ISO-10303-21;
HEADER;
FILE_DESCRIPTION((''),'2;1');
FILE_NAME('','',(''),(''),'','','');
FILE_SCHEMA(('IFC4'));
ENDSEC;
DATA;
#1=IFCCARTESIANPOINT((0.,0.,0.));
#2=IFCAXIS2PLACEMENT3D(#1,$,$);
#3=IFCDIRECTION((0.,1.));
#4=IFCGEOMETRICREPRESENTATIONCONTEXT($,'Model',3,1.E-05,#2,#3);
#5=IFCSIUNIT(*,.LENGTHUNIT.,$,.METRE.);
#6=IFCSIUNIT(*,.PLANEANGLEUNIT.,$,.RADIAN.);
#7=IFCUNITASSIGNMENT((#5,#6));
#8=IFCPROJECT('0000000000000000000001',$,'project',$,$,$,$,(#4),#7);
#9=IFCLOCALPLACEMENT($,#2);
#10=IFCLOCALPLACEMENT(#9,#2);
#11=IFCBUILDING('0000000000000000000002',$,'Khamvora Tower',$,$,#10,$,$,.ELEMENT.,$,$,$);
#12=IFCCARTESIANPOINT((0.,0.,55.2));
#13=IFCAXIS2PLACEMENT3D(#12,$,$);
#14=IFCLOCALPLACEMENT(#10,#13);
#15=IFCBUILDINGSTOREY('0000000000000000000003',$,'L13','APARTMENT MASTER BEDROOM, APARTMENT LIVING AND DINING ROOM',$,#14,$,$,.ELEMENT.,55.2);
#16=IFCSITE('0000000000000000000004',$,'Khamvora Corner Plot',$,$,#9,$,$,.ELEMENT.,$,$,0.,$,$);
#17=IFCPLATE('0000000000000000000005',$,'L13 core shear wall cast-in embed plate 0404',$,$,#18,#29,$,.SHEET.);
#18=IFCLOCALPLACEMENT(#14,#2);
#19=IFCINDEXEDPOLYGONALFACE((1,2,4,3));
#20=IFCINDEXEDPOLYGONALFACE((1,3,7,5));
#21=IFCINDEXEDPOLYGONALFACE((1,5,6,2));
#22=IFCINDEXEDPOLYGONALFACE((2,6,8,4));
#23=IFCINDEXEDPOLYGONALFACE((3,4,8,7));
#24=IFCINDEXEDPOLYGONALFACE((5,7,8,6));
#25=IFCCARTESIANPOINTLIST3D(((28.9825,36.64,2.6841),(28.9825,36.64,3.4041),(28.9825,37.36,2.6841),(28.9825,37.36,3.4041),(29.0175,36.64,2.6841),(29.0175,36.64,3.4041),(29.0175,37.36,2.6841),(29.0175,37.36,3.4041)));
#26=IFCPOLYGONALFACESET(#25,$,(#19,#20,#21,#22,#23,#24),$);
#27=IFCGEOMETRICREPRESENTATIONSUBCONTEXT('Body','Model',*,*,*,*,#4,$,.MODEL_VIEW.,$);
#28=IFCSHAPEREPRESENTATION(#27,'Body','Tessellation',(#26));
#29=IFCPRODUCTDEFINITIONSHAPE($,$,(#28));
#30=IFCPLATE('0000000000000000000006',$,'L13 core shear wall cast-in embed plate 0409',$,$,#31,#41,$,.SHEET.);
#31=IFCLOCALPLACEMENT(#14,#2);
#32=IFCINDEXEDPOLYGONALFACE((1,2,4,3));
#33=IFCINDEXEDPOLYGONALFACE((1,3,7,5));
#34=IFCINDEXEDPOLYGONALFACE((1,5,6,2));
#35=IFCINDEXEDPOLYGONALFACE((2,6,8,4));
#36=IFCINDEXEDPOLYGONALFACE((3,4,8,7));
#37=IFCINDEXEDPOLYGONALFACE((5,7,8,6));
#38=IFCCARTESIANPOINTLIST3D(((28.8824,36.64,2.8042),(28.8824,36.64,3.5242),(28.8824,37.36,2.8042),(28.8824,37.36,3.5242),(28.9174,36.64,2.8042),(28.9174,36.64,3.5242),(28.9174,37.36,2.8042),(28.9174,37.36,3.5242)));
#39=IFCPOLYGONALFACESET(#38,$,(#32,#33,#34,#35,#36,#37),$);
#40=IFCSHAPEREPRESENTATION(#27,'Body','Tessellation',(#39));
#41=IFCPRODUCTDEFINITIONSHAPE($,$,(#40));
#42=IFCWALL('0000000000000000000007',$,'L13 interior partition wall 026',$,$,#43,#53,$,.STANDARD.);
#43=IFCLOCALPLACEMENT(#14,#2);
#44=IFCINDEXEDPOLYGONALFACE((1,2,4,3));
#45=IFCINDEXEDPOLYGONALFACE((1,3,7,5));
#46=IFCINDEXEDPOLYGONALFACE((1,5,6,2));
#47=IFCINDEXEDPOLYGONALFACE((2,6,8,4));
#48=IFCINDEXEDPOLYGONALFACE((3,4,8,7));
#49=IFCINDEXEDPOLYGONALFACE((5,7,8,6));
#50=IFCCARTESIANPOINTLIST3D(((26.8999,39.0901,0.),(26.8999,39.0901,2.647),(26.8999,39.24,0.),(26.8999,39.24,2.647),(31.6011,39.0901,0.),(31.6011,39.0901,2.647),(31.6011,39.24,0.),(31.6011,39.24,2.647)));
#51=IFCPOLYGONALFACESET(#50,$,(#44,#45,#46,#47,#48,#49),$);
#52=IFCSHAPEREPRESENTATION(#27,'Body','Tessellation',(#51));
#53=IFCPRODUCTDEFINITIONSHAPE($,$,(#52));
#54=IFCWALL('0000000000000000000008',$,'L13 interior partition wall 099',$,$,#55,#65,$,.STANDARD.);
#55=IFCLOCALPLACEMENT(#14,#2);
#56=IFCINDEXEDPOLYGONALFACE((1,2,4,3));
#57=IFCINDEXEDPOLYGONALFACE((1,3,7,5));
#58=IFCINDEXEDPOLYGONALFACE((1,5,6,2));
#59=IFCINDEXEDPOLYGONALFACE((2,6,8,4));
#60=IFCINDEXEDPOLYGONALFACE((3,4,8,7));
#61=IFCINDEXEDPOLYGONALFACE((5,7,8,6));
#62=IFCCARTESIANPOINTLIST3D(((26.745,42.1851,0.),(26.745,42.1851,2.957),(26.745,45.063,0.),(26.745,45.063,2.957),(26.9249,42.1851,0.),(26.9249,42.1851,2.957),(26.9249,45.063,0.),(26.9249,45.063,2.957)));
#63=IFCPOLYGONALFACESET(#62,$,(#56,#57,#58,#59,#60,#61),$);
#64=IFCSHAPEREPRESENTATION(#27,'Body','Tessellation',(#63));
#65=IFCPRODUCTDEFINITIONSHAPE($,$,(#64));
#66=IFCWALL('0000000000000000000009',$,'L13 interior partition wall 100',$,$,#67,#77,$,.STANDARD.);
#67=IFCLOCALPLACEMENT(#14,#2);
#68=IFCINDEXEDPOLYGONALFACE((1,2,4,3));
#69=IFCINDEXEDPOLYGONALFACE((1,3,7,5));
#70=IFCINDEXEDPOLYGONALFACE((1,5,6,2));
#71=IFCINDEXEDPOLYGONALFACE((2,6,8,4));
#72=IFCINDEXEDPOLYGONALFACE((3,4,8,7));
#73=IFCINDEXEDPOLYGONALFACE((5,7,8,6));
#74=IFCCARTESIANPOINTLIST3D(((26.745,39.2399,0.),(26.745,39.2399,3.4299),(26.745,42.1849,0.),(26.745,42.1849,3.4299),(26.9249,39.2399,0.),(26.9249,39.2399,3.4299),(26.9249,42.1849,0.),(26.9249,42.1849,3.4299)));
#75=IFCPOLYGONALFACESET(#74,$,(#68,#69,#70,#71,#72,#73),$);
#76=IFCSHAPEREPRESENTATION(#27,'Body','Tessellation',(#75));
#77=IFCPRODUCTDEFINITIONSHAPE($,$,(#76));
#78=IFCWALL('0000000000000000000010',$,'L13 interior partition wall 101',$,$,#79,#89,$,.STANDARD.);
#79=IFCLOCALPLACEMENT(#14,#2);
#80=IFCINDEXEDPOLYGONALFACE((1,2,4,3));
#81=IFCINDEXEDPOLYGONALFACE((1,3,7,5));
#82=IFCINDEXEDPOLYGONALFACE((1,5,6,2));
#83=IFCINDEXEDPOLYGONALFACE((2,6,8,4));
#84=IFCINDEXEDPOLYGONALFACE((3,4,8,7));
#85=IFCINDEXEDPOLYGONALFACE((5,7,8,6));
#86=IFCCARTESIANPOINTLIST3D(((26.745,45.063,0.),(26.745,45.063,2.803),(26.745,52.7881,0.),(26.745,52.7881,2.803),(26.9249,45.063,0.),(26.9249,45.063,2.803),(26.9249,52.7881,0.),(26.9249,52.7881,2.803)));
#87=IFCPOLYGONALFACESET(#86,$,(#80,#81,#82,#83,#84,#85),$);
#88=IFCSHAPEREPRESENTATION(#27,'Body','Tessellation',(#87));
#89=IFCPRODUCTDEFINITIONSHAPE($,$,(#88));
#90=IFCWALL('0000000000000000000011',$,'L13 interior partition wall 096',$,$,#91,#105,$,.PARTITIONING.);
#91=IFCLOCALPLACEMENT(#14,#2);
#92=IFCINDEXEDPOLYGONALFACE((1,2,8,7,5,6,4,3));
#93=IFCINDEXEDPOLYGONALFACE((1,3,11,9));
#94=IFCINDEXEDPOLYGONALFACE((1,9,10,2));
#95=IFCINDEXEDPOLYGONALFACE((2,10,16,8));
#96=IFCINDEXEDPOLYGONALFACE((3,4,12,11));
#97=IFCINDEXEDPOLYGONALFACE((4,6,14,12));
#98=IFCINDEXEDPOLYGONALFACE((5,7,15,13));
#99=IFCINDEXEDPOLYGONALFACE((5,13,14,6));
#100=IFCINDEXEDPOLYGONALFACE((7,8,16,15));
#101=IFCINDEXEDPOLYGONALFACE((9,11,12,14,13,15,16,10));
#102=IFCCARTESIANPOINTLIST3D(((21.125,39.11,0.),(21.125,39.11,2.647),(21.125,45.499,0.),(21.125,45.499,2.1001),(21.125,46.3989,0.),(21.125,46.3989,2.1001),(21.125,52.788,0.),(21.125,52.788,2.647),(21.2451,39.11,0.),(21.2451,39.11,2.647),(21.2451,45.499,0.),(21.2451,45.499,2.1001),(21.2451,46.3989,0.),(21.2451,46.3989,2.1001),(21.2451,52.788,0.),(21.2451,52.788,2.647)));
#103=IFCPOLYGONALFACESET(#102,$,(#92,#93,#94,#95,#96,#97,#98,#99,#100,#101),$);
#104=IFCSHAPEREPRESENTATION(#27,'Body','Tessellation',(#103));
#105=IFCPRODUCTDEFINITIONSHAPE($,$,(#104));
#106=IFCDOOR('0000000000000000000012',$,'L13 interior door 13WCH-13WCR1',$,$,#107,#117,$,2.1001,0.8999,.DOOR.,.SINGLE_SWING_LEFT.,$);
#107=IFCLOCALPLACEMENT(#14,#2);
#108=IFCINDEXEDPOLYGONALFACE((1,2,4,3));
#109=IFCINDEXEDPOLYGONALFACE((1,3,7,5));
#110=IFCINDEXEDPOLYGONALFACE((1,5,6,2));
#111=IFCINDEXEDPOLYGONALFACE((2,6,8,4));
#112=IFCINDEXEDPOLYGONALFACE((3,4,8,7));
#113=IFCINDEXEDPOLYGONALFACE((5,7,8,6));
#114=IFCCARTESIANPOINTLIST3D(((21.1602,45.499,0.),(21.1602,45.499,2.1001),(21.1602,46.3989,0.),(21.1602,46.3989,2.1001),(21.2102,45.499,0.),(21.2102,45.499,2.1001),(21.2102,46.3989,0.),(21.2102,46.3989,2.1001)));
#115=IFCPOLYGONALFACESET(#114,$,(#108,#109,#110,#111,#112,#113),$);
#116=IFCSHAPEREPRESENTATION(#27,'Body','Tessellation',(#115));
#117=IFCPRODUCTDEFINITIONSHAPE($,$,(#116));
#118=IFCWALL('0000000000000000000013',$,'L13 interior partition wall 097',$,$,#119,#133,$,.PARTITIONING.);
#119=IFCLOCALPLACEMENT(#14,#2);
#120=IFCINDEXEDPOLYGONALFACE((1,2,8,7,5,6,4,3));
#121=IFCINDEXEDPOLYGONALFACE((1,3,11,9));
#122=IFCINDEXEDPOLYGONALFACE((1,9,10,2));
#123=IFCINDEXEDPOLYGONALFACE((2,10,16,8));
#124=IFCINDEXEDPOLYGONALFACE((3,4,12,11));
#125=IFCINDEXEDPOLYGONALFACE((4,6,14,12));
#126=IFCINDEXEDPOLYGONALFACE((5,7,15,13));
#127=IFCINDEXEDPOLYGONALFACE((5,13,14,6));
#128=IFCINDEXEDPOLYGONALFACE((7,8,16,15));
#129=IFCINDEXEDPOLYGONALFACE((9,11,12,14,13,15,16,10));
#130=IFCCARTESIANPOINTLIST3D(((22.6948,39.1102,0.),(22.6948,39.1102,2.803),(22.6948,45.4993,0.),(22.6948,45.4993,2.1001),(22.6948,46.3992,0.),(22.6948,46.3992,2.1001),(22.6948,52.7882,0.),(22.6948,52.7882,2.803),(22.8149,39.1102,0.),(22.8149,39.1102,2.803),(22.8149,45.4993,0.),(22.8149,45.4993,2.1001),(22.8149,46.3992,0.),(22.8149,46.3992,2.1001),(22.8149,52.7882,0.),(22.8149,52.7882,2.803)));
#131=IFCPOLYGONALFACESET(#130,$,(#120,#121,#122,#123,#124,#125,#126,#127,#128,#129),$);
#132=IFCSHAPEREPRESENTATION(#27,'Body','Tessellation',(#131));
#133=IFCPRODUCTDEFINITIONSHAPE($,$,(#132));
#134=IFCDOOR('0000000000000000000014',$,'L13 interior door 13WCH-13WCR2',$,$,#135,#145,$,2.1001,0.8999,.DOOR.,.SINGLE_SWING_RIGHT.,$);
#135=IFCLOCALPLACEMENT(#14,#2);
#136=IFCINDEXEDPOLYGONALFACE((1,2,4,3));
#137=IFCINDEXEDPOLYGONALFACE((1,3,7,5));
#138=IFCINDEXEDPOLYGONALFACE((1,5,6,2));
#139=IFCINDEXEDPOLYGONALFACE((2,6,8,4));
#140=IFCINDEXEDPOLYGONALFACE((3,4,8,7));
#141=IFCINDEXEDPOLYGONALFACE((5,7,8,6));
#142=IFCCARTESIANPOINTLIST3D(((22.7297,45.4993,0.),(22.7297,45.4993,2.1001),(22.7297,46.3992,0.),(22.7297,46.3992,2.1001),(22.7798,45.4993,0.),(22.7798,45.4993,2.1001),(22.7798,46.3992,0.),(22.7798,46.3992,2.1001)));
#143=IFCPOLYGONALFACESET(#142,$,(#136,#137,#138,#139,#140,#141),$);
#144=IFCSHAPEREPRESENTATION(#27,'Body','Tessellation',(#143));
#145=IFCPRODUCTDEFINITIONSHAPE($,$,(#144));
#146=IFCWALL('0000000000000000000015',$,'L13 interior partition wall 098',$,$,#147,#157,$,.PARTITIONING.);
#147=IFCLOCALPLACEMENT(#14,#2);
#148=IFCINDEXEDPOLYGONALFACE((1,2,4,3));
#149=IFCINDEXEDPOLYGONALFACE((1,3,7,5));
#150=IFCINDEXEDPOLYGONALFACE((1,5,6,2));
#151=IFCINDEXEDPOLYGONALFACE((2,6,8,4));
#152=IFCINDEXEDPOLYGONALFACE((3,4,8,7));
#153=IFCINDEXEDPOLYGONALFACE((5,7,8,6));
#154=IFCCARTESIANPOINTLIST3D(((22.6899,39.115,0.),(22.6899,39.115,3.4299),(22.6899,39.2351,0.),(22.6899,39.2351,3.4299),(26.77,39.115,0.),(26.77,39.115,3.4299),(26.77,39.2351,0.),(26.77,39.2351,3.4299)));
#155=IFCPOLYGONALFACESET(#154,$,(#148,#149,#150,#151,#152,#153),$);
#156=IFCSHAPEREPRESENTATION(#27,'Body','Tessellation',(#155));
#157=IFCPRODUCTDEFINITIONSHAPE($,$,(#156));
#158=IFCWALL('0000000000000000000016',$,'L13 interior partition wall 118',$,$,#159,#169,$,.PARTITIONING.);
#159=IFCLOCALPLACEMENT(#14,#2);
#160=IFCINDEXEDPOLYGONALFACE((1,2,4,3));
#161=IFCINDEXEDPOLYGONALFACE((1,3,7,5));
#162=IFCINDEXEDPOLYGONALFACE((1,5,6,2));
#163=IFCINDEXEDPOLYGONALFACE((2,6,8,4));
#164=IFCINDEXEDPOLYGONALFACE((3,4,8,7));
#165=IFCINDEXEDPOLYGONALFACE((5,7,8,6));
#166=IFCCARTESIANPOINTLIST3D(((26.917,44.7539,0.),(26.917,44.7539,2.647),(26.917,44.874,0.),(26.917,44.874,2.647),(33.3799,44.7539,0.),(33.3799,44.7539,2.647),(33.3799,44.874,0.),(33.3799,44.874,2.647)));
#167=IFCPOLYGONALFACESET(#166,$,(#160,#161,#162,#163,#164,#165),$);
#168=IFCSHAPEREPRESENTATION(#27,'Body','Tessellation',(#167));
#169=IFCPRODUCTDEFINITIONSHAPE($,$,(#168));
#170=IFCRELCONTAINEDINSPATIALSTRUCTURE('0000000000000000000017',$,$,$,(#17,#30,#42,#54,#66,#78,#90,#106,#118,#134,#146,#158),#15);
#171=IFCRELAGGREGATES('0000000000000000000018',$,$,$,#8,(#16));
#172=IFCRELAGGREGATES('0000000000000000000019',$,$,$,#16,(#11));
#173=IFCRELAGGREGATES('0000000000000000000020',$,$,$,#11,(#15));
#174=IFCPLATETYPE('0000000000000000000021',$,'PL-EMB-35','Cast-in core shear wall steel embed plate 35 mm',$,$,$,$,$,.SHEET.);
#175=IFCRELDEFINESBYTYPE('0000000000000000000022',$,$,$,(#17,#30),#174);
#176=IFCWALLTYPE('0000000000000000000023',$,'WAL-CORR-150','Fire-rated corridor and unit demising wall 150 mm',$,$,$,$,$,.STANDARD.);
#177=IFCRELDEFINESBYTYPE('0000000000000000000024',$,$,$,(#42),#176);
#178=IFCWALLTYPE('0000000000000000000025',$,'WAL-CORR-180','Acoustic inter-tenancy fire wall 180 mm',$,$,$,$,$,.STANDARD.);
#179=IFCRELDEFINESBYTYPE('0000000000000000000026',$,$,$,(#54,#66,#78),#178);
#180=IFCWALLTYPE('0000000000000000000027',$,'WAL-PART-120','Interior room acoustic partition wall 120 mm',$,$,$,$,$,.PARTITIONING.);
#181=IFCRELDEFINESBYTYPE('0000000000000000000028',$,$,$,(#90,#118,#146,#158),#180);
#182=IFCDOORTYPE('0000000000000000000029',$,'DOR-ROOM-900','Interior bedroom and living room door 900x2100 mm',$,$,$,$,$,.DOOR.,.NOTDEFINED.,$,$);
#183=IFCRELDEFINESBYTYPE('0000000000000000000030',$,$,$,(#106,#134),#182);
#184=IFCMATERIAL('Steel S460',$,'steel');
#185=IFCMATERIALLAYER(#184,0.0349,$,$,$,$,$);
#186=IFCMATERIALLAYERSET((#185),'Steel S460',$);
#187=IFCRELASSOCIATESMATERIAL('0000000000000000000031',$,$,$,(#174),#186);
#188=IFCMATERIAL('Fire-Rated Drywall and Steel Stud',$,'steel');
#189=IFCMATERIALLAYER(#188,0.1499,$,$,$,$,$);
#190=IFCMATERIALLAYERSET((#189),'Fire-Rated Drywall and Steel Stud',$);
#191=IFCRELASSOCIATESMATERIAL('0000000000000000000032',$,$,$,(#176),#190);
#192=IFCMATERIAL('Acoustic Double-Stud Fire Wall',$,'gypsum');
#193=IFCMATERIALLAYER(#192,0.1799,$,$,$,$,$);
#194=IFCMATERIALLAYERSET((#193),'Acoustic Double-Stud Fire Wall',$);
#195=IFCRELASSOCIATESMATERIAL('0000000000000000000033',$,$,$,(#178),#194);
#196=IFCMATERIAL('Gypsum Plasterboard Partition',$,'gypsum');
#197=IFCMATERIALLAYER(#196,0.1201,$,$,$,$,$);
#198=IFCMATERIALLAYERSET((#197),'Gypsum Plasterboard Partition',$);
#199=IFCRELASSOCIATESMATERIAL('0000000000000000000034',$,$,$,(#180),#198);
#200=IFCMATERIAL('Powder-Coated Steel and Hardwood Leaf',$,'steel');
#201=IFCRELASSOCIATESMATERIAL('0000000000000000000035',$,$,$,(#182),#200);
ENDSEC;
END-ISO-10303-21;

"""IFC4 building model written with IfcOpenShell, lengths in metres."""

from ifc_helpers import new_model, si_unit, direction, frame, frame_2d, origin, origin_2d, place, context, subcontext, project, spatial, rectangle, extrude, material, layer, layer_set, type_object, element, fill, save


model = new_model("IFC4")

# Units and contexts
model_context = context("Model", 3, precision=1e-05, world=origin(), true_north=direction((0.0, 1.0)))
body_context = subcontext(model_context, "Body", "Model", "MODEL_VIEW")
ifc_project = project(units=[si_unit("LENGTHUNIT", "METRE"), si_unit("PLANEANGLEUNIT", "RADIAN")], contexts=[model_context])

# Site, building, storey
site_placement = place(None, origin())
site = spatial("IfcSite", under=ifc_project, at=site_placement, Name="Khamvora Corner Plot", CompositionType="ELEMENT", RefElevation=0.0)
building_placement = place(site_placement, origin())
building = spatial("IfcBuilding", under=site, at=building_placement, Name="Khamvora Tower", CompositionType="ELEMENT")
storey_placement = place(building_placement, frame((0.0, 0.0, 55.2)))
storey = spatial("IfcBuildingStorey", under=building, at=storey_placement, Name="L13", Description="APARTMENT MASTER BEDROOM, APARTMENT LIVING AND DINING ROOM", CompositionType="ELEMENT", Elevation=55.2)

# Shared definitions
ifc_material_1 = material(Name="Steel S460", Category="steel")

# Plates
ifc_layer_1 = layer(ifc_material_1, 0.0349)
ifc_layer_set_1 = layer_set([ifc_layer_1], Name="Steel S460")
plate_type = type_object("IfcPlateType", Name="PL-EMB-35", Description="Cast-in core shear wall steel embed plate 35 mm", PredefinedType="SHEET", material=ifc_layer_set_1)
for number, where, z_axis, x_axis, name in (
    (1, (29.0, 37.0, 2.6841), (0.0, 0.0, 1.0), (1.0, 0.0, 0.0), "L13 core shear wall cast-in embed plate 0404"),
    (2, (28.8999, 37.0, 2.8042), (0.0, 0.0, 1.0), (1.0, 0.0, 0.0), "L13 core shear wall cast-in embed plate 0409"),
):
    element("IfcPlate", number, at=place(storey_placement, frame(where, z_axis=z_axis, x_axis=x_axis)), inside=storey, type_object=plate_type, Name=name, PredefinedType="SHEET", context=body_context, shape_type="SweptSolid", body=[
        extrude(rectangle(XDim=0.0349, YDim=0.72, at=origin_2d()), origin(), (0.0, 0.0, 1.0), 0.72),
    ])

# Walls
ifc_material_2 = material(Name="Fire-Rated Drywall and Steel Stud", Category="steel")
ifc_layer_2 = layer(ifc_material_2, 0.1499)
ifc_layer_set_2 = layer_set([ifc_layer_2], Name="Fire-Rated Drywall and Steel Stud")
wall_type_1 = type_object("IfcWallType", Name="WAL-CORR-150", Description="Fire-rated corridor and unit demising wall 150 mm", PredefinedType="STANDARD", material=ifc_layer_set_2)
wall_1_placement = place(storey_placement, frame((26.8999, 39.165, 0.0), z_axis=(0.0, 0.0, 1.0), x_axis=(1.0, 0.0, 0.0)))
element("IfcWall", 3, at=wall_1_placement, inside=storey, type_object=wall_type_1, Name="L13 interior partition wall 026", PredefinedType="STANDARD", context=body_context, shape_type="SweptSolid", body=[
    extrude(rectangle(XDim=4.7012, YDim=0.1499, at=frame_2d((2.3506, 0.0))), origin(), (0.0, 0.0, 1.0), 2.647),
])
ifc_material_3 = material(Name="Acoustic Double-Stud Fire Wall", Category="gypsum")
ifc_layer_3 = layer(ifc_material_3, 0.1799)
ifc_layer_set_3 = layer_set([ifc_layer_3], Name="Acoustic Double-Stud Fire Wall")
wall_type_2 = type_object("IfcWallType", Name="WAL-CORR-180", Description="Acoustic inter-tenancy fire wall 180 mm", PredefinedType="STANDARD", material=ifc_layer_set_3)
wall_2_placement = place(storey_placement, frame((26.835, 45.063, 0.0), z_axis=(0.0, 0.0, 1.0), x_axis=(0.0, -1.0, 0.0)))
element("IfcWall", 4, at=wall_2_placement, inside=storey, type_object=wall_type_2, Name="L13 interior partition wall 099", PredefinedType="STANDARD", context=body_context, shape_type="SweptSolid", body=[
    extrude(rectangle(XDim=2.8779, YDim=0.1799, at=frame_2d((1.439, 0.0))), origin(), (0.0, 0.0, 1.0), 2.957),
])
wall_3_placement = place(storey_placement, frame((26.835, 42.1851, 0.0), z_axis=(0.0, 0.0, 1.0), x_axis=(0.0, -1.0, 0.0)))
element("IfcWall", 5, at=wall_3_placement, inside=storey, type_object=wall_type_2, Name="L13 interior partition wall 100", PredefinedType="STANDARD", context=body_context, shape_type="SweptSolid", body=[
    extrude(rectangle(XDim=2.9451, YDim=0.1799, at=frame_2d((1.4727, 0.0))), origin(), (0.0, 0.0, 1.0), 3.4299),
])
wall_4_placement = place(storey_placement, frame((26.835, 52.7881, 0.0), z_axis=(0.0, 0.0, 1.0), x_axis=(0.0, -1.0, 0.0)))
element("IfcWall", 6, at=wall_4_placement, inside=storey, type_object=wall_type_2, Name="L13 interior partition wall 101", PredefinedType="STANDARD", context=body_context, shape_type="SweptSolid", body=[
    extrude(rectangle(XDim=7.7251, YDim=0.1799, at=frame_2d((3.8625, 0.0))), origin(), (0.0, 0.0, 1.0), 2.803),
])

# Walls, openings, doors
ifc_material_4 = material(Name="Gypsum Plasterboard Partition", Category="gypsum")
ifc_layer_4 = layer(ifc_material_4, 0.1201)
ifc_layer_set_4 = layer_set([ifc_layer_4], Name="Gypsum Plasterboard Partition")
wall_type_3 = type_object("IfcWallType", Name="WAL-PART-120", Description="Interior room acoustic partition wall 120 mm", PredefinedType="PARTITIONING", material=ifc_layer_set_4)
wall_5_placement = place(storey_placement, frame((21.1851, 39.1101, 0.0), z_axis=(0.0, 0.0, 1.0), x_axis=(0.0, 1.0, 0.0)))
wall_5 = element("IfcWall", 7, at=wall_5_placement, inside=storey, type_object=wall_type_3, Name="L13 interior partition wall 096", PredefinedType="PARTITIONING", context=body_context, shape_type="SweptSolid", body=[
    extrude(rectangle(XDim=13.678, YDim=0.1201, at=frame_2d((6.8389, 0.0))), origin(), (0.0, 0.0, 1.0), 2.647),
])
opening_1_placement = place(wall_5_placement, frame((6.3889, 0.0, 0.0)))
opening_1 = element("IfcOpeningElement", 8, at=opening_1_placement, cuts=wall_5, PredefinedType="OPENING", context=body_context, shape_type="SweptSolid", body=[
    extrude(rectangle(XDim=0.8999, YDim=2.1001, at=frame_2d((0.45, 1.05))), frame((0.0, 0.0701, 0.0), z_axis=(0.0, -1.0, 0.0), x_axis=(1.0, 0.0, 0.0)), (0.0, 0.0, 1.0), 0.1401),
])
ifc_material_5 = material(Name="Powder-Coated Steel and Hardwood Leaf", Category="steel")
door_type_1 = type_object("IfcDoorType", Name="DOR-ROOM-900", Description="Interior bedroom and living room door 900x2100 mm", OperationType="NOTDEFINED", PredefinedType="DOOR", material=ifc_material_5)
door_1_placement = place(opening_1_placement, origin())
door_1 = element("IfcDoor", 9, at=door_1_placement, inside=storey, type_object=door_type_1, Name="L13 interior door 13WCH-13WCR1", OperationType="SINGLE_SWING_LEFT", OverallHeight=2.1001, OverallWidth=0.8999, PredefinedType="DOOR", context=body_context, shape_type="SweptSolid", body=[
    extrude(rectangle(XDim=0.8999, YDim=2.1001, at=frame_2d((0.45, 1.05))), frame((0.0, 0.0249, 0.0), z_axis=(0.0, -1.0, 0.0), x_axis=(1.0, 0.0, 0.0)), (0.0, 0.0, 1.0), 0.05),
])
fill(opening_1, door_1)
wall_6_placement = place(storey_placement, frame((22.7549, 52.7881, 0.0), z_axis=(0.0, 0.0, 1.0), x_axis=(0.0, -1.0, 0.0)))
wall_6 = element("IfcWall", 10, at=wall_6_placement, inside=storey, type_object=wall_type_3, Name="L13 interior partition wall 097", PredefinedType="PARTITIONING", context=body_context, shape_type="SweptSolid", body=[
    extrude(rectangle(XDim=13.678, YDim=0.1201, at=frame_2d((6.8389, 0.0))), origin(), (0.0, 0.0, 1.0), 2.803),
])
opening_2_placement = place(wall_6_placement, frame((6.3889, 0.0, 0.0)))
opening_2 = element("IfcOpeningElement", 11, at=opening_2_placement, cuts=wall_6, PredefinedType="OPENING", context=body_context, shape_type="SweptSolid", body=[
    extrude(rectangle(XDim=0.8999, YDim=2.1001, at=frame_2d((0.45, 1.05))), frame((0.0, 0.0701, 0.0), z_axis=(0.0, -1.0, 0.0), x_axis=(1.0, 0.0, 0.0)), (0.0, 0.0, 1.0), 0.1401),
])
door_2_placement = place(opening_2_placement, origin())
door_2 = element("IfcDoor", 12, at=door_2_placement, inside=storey, type_object=door_type_1, Name="L13 interior door 13WCH-13WCR2", OperationType="SINGLE_SWING_RIGHT", OverallHeight=2.1001, OverallWidth=0.8999, PredefinedType="DOOR", context=body_context, shape_type="SweptSolid", body=[
    extrude(rectangle(XDim=0.8999, YDim=2.1001, at=frame_2d((0.45, 1.05))), frame((0.0, 0.0249, 0.0), z_axis=(0.0, -1.0, 0.0), x_axis=(1.0, 0.0, 0.0)), (0.0, 0.0, 1.0), 0.05),
])
fill(opening_2, door_2)

# Walls
wall_7_placement = place(storey_placement, frame((22.6899, 39.175, 0.0), z_axis=(0.0, 0.0, 1.0), x_axis=(1.0, 0.0, 0.0)))
element("IfcWall", 13, at=wall_7_placement, inside=storey, type_object=wall_type_3, Name="L13 interior partition wall 098", PredefinedType="PARTITIONING", context=body_context, shape_type="SweptSolid", body=[
    extrude(rectangle(XDim=4.0801, YDim=0.1201, at=frame_2d((2.04, 0.0))), origin(), (0.0, 0.0, 1.0), 3.4299),
])
wall_8_placement = place(storey_placement, frame((26.917, 44.814, 0.0), z_axis=(0.0, 0.0, 1.0), x_axis=(1.0, 0.0, 0.0)))
element("IfcWall", 14, at=wall_8_placement, inside=storey, type_object=wall_type_3, Name="L13 interior partition wall 118", PredefinedType="PARTITIONING", context=body_context, shape_type="SweptSolid", body=[
    extrude(rectangle(XDim=6.4629, YDim=0.1201, at=frame_2d((3.2314, 0.0))), origin(), (0.0, 0.0, 1.0), 2.647),
])

save(model, "model.ifc")
